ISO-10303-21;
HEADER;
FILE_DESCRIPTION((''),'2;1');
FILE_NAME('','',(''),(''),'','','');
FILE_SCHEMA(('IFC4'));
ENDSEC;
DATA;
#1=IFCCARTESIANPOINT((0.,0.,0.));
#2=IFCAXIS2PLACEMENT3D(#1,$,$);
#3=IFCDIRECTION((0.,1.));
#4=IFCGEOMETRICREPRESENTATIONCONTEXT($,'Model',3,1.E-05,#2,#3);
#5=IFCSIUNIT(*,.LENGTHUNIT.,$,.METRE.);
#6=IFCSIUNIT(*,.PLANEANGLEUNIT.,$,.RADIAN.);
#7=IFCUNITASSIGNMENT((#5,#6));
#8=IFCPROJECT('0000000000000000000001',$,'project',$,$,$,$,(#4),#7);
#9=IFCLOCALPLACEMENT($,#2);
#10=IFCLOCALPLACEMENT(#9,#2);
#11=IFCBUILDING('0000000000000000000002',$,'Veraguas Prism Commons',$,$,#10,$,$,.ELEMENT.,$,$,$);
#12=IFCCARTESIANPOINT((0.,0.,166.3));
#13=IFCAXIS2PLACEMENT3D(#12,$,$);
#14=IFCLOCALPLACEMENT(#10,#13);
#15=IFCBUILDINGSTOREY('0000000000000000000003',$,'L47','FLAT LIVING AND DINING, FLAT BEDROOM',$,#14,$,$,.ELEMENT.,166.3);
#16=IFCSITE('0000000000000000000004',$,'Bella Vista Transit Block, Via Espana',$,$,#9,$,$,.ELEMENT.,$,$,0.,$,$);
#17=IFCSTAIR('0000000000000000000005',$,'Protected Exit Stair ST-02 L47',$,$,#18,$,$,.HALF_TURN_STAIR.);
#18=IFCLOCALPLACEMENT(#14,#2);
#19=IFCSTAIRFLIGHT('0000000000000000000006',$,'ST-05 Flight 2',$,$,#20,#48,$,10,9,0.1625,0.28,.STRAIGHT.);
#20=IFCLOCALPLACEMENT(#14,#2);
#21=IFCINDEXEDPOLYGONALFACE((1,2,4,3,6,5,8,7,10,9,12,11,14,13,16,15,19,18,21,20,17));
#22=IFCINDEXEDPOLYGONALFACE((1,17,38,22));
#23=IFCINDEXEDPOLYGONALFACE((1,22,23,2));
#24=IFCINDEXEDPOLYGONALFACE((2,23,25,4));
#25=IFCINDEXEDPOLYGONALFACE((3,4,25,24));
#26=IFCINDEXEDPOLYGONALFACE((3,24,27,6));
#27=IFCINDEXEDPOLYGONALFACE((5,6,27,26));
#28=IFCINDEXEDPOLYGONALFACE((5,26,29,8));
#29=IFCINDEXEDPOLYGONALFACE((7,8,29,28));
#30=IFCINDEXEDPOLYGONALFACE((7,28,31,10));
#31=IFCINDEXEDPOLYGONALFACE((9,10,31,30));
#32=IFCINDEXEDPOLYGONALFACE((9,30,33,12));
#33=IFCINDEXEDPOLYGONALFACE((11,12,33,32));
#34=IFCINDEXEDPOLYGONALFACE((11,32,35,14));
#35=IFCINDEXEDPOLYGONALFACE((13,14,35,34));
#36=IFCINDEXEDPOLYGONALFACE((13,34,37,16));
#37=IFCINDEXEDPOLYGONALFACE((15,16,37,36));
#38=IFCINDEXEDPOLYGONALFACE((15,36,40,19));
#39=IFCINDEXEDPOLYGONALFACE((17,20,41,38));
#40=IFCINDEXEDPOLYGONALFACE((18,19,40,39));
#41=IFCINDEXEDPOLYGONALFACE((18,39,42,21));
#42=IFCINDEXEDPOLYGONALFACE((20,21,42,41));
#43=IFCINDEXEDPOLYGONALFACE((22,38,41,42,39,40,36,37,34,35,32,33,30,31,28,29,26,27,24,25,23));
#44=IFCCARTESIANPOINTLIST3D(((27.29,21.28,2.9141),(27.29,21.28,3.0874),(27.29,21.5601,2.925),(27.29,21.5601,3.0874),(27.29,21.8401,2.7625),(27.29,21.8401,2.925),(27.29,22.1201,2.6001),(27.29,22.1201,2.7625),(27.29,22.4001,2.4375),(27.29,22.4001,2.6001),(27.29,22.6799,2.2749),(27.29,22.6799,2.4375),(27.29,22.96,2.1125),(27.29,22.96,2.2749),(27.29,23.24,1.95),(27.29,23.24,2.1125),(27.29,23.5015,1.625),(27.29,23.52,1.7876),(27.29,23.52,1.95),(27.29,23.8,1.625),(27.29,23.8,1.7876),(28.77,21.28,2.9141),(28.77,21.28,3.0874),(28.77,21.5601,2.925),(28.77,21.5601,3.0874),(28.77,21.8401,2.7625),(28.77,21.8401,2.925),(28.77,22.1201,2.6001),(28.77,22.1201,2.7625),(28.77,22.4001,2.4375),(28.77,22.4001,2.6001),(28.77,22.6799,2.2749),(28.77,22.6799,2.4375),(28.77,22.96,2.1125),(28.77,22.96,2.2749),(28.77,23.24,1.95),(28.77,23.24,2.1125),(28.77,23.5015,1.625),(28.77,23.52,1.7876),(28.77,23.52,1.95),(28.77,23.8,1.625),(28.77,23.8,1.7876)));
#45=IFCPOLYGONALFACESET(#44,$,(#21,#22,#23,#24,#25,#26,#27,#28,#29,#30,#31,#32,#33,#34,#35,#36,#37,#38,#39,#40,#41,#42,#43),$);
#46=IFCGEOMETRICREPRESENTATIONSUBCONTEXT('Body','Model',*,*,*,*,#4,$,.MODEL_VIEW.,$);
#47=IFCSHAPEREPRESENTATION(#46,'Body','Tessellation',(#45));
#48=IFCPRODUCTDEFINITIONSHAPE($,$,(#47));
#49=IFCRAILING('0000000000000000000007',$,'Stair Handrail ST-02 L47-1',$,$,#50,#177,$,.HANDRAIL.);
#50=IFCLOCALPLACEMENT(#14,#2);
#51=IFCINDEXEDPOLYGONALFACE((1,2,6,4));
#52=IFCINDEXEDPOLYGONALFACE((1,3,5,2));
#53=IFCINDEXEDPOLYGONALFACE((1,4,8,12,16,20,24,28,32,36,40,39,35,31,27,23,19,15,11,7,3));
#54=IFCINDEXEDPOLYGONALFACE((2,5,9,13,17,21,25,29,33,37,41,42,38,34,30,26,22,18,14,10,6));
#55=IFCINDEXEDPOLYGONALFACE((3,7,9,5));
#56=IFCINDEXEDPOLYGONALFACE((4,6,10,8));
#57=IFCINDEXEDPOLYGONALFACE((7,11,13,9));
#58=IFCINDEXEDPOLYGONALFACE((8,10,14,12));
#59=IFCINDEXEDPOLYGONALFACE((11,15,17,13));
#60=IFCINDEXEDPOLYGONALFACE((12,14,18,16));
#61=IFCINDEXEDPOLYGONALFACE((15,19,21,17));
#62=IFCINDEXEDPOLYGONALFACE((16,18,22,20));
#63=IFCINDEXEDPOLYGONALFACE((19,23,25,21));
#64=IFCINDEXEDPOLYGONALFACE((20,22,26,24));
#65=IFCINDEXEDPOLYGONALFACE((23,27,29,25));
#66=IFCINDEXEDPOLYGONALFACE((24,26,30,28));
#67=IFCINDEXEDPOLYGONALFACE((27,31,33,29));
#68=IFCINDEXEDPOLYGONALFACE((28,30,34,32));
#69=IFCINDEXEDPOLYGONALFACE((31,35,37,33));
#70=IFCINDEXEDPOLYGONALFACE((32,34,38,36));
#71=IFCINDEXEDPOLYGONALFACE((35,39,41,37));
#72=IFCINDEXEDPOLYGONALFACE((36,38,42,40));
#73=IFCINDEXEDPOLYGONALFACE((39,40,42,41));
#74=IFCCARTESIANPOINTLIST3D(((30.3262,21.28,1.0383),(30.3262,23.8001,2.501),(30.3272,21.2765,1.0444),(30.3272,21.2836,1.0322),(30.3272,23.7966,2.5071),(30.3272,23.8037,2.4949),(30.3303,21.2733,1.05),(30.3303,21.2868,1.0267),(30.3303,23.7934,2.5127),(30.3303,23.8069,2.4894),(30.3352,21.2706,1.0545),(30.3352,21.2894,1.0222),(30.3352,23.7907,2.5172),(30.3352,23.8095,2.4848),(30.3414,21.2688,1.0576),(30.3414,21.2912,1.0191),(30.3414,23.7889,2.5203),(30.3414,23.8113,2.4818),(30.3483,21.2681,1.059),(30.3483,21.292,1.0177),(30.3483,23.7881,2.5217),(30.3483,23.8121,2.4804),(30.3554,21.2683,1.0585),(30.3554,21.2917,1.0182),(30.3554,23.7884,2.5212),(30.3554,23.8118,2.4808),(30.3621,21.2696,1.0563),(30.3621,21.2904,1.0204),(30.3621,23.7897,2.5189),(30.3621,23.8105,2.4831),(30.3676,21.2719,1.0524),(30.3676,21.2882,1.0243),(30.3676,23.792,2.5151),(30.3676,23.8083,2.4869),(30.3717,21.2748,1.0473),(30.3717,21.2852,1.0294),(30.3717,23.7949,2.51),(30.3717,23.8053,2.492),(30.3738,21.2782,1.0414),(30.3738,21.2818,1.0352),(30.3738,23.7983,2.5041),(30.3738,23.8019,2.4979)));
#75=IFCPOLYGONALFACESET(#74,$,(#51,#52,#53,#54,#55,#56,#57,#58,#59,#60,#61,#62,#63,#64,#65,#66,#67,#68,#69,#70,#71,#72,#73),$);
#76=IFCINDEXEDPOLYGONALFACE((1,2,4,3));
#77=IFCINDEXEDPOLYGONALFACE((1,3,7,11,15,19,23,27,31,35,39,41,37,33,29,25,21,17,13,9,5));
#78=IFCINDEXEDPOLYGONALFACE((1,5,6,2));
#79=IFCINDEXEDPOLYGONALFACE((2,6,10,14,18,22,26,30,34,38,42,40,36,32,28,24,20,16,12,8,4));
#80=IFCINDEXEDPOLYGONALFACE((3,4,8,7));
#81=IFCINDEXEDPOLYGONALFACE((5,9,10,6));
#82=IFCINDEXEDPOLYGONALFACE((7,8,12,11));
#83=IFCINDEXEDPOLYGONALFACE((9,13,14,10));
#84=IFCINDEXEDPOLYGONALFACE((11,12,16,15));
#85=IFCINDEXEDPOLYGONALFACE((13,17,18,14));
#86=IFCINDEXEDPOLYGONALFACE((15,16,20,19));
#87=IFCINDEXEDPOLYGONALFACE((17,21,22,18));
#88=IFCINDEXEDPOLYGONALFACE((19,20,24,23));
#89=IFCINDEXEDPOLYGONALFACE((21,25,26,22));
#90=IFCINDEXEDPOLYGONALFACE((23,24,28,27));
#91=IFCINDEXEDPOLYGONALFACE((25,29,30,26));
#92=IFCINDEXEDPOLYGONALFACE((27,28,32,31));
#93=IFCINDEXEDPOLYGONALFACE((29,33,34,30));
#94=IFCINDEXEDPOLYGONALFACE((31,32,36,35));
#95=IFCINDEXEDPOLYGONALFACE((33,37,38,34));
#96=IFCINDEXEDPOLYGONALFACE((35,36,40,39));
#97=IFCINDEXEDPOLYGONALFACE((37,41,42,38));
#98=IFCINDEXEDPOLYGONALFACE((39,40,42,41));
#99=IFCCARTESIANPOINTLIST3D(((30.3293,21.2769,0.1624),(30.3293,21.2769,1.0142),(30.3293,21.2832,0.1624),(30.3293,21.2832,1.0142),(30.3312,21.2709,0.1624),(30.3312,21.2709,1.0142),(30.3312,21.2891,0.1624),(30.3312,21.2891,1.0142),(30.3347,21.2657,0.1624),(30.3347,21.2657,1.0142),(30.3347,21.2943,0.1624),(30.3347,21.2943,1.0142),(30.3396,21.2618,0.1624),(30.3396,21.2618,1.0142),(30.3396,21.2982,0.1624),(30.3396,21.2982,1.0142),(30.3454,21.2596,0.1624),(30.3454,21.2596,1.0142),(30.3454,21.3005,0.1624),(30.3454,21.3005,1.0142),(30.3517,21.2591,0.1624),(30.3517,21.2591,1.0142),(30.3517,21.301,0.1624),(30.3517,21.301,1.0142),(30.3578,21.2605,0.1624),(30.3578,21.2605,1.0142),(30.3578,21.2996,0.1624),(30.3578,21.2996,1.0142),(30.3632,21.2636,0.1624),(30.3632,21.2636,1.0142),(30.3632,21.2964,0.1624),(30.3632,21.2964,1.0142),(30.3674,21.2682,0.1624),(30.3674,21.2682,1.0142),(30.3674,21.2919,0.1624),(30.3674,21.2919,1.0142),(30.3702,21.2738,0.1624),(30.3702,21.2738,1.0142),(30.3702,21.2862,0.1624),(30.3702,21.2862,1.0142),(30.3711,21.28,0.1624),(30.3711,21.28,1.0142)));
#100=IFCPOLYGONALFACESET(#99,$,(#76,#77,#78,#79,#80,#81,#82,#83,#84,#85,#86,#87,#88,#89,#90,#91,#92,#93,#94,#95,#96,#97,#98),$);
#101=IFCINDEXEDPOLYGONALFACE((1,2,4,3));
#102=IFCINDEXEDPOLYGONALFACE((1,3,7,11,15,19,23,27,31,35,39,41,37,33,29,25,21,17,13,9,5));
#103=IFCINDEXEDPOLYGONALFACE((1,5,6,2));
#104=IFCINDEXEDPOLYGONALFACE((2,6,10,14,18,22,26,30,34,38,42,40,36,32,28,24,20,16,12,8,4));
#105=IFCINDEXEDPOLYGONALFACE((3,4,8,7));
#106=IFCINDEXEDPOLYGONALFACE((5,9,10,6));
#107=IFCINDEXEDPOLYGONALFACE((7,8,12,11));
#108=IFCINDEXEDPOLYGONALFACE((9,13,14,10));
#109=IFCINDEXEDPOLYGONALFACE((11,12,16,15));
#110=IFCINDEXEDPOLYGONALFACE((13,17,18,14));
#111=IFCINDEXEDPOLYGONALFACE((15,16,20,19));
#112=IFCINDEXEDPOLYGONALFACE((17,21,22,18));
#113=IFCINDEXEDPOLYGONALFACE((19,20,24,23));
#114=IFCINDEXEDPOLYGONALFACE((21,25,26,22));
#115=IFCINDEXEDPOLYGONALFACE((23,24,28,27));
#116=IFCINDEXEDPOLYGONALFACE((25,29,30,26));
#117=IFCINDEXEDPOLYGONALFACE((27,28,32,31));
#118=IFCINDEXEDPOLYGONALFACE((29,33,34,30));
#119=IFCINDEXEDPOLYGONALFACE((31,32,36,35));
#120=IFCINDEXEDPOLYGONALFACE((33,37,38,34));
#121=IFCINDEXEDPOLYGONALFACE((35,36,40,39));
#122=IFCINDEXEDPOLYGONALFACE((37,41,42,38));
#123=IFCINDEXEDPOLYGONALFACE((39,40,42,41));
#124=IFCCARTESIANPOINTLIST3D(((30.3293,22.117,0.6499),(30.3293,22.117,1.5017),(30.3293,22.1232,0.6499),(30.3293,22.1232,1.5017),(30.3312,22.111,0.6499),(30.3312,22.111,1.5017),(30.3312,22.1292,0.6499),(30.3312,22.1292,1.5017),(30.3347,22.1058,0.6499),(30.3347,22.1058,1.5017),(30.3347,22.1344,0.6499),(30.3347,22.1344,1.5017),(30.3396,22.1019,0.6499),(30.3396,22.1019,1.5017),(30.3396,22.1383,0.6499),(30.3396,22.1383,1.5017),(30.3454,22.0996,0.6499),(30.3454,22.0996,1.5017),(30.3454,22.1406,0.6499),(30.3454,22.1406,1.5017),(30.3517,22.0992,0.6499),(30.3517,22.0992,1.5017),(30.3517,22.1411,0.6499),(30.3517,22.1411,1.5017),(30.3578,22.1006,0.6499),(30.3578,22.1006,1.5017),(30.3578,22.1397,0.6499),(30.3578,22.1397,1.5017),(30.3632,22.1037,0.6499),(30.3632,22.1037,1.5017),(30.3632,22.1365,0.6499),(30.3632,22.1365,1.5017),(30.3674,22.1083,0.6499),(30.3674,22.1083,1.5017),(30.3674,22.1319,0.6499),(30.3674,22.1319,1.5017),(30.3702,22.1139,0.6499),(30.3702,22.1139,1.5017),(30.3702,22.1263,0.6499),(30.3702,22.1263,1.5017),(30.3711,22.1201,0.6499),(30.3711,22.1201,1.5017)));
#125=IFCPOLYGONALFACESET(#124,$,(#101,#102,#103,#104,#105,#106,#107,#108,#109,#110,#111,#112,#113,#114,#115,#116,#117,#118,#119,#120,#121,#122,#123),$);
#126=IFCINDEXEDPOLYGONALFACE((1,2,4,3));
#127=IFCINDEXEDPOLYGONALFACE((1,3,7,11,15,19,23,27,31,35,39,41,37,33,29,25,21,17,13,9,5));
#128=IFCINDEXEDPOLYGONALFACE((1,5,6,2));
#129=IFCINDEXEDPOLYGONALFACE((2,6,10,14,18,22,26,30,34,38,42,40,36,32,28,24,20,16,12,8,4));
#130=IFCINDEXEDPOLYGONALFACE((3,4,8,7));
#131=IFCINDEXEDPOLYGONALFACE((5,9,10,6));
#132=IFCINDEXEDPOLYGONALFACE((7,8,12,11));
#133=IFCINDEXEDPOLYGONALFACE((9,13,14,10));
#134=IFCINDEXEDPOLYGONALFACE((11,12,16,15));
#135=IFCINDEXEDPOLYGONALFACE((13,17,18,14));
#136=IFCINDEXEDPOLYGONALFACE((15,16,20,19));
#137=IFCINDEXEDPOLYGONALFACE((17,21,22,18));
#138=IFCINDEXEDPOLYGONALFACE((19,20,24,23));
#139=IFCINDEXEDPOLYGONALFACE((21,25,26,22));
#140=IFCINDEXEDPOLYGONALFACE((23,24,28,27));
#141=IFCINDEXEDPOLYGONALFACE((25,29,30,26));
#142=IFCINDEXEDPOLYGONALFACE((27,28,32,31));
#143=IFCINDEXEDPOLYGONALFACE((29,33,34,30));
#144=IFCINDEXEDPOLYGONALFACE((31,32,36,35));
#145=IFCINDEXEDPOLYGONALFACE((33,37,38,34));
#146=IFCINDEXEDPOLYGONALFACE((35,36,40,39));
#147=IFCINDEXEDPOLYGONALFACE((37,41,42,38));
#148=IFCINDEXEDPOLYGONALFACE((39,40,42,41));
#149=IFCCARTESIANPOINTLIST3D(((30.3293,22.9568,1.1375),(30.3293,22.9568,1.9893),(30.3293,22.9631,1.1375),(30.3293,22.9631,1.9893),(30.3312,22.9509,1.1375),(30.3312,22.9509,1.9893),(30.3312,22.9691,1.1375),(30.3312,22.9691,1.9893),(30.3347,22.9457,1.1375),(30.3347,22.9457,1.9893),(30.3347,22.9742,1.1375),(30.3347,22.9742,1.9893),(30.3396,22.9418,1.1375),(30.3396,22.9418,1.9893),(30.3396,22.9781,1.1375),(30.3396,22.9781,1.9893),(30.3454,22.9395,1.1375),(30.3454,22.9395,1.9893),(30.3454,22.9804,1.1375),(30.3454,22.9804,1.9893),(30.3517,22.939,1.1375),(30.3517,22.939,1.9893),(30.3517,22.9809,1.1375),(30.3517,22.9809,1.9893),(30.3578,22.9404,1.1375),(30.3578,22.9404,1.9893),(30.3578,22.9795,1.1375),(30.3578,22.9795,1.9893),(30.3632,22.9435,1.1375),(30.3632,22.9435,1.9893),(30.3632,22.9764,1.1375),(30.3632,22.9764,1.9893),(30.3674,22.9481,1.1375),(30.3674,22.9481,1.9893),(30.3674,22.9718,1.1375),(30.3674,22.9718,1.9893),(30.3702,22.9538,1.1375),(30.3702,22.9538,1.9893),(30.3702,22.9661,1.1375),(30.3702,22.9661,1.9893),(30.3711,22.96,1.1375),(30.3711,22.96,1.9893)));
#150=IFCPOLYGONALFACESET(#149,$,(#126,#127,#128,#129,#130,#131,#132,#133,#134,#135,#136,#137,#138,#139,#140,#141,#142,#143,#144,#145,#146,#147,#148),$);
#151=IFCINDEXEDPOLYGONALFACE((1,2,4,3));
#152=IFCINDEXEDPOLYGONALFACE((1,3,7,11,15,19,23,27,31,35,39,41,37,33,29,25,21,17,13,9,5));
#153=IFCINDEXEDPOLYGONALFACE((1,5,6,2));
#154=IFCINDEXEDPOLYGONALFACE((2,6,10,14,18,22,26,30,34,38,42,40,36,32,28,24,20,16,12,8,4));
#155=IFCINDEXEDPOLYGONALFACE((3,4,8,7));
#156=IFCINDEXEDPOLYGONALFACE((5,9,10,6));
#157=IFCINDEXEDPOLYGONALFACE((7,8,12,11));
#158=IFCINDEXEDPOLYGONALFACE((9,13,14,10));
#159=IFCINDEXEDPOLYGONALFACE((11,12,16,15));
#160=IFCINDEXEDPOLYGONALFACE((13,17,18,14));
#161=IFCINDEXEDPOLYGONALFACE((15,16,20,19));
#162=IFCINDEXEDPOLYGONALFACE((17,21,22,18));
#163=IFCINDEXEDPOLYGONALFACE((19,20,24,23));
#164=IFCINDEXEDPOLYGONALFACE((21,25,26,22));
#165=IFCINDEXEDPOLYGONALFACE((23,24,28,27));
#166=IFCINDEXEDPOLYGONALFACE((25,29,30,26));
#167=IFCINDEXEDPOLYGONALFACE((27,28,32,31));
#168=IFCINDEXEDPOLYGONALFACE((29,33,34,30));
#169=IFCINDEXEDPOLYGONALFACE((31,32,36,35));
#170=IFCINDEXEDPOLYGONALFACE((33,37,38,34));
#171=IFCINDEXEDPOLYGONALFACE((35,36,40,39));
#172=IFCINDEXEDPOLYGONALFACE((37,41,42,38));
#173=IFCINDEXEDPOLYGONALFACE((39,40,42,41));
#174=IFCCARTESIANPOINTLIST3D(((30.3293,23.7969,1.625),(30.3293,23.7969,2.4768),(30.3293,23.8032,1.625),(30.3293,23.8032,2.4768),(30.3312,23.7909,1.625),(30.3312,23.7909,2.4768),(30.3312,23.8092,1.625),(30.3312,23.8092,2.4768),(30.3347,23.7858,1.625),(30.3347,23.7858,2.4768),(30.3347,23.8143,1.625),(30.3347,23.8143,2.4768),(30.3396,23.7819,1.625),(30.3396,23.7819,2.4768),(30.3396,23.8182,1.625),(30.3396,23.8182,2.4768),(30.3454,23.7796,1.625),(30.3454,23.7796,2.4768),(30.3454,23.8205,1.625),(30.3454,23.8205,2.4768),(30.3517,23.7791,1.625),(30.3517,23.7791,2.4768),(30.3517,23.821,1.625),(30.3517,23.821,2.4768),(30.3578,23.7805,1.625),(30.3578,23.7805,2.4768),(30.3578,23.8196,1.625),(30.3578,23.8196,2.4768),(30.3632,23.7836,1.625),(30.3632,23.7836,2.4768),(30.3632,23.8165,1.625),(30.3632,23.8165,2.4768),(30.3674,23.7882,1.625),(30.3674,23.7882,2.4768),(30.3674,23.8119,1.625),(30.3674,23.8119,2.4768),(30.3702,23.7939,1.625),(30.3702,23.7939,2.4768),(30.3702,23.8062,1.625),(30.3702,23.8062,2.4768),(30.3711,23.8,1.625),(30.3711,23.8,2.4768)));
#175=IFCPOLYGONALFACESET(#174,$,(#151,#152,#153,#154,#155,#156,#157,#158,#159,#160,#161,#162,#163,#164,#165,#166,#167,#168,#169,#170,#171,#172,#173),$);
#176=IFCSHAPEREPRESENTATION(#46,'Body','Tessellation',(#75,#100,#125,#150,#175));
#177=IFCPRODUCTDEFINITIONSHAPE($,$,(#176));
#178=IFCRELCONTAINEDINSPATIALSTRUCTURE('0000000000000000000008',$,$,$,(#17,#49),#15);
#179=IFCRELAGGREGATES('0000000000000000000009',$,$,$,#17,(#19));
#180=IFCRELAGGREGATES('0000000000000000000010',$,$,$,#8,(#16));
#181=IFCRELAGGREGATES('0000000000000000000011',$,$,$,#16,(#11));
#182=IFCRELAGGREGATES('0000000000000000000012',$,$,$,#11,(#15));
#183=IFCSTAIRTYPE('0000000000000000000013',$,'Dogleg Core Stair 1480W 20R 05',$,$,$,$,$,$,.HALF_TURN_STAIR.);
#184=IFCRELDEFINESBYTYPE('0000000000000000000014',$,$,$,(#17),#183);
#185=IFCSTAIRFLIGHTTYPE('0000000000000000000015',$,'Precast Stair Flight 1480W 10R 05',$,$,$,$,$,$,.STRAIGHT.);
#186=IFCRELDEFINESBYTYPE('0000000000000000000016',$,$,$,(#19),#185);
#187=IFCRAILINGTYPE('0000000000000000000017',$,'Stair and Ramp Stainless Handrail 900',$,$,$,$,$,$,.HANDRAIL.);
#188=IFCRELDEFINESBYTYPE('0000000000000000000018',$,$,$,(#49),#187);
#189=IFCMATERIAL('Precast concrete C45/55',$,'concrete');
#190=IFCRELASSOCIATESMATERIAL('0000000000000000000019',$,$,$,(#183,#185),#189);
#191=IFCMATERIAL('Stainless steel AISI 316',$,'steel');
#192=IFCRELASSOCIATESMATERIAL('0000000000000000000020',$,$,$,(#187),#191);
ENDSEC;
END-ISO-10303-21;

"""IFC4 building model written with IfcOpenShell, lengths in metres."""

from ifc_helpers import new_model, si_unit, direction, frame, origin, origin_2d, place, context, subcontext, project, spatial, polyline, circle, outline, extrude, material, type_object, element, aggregate, save


model = new_model("IFC4")

# Units and contexts
model_context = context("Model", 3, precision=1e-05, world=origin(), true_north=direction((0.0, 1.0)))
body_context = subcontext(model_context, "Body", "Model", "MODEL_VIEW")
ifc_project = project(units=[si_unit("LENGTHUNIT", "METRE"), si_unit("PLANEANGLEUNIT", "RADIAN")], contexts=[model_context])

# Site, building, storey
site_placement = place(None, origin())
site = spatial("IfcSite", under=ifc_project, at=site_placement, Name="Bella Vista Transit Block, Via Espana", CompositionType="ELEMENT", RefElevation=0.0)
building_placement = place(site_placement, origin())
building = spatial("IfcBuilding", under=site, at=building_placement, Name="Veraguas Prism Commons", CompositionType="ELEMENT")
storey_placement = place(building_placement, frame((0.0, 0.0, 166.3)))
storey = spatial("IfcBuildingStorey", under=building, at=storey_placement, Name="L47", Description="FLAT LIVING AND DINING, FLAT BEDROOM", CompositionType="ELEMENT", Elevation=166.3)

# Shared definitions
ifc_material_1 = material(Name="Stainless steel AISI 316", Category="steel")

# Stair, stair flight
ifc_material_2 = material(Name="Precast concrete C45/55", Category="concrete")
stair_type = type_object("IfcStairType", Name="Dogleg Core Stair 1480W 20R 05", PredefinedType="HALF_TURN_STAIR", material=ifc_material_2)
stair_placement = place(storey_placement, origin())
stair = element("IfcStair", 1, at=stair_placement, inside=storey, type_object=stair_type, Name="Protected Exit Stair ST-02 L47", PredefinedType="HALF_TURN_STAIR")
stair_flight_type = type_object("IfcStairFlightType", Name="Precast Stair Flight 1480W 10R 05", PredefinedType="STRAIGHT", material=ifc_material_2)
stair_flight_1_placement = place(storey_placement, frame((28.03, 23.8, 1.625), z_axis=(0.0, 0.0, 1.0), x_axis=(0.0, -1.0, 0.0)))
stair_flight_1 = element("IfcStairFlight", 2, at=stair_flight_1_placement, type_object=stair_flight_type, Name="ST-05 Flight 2", NumberOfRisers=10, NumberOfTreads=9, PredefinedType="STRAIGHT", RiserHeight=0.1625, TreadLength=0.28, context=body_context, shape_type="SweptSolid", body=[
    extrude(outline(polyline([(0.0, 0.0), (0.0, 0.1626), (0.28, 0.1626), (0.28, 0.325), (0.5601, 0.325), (0.5601, 0.4875), (0.8401, 0.4875), (0.8401, 0.6499), (1.1201, 0.6499), (1.1201, 0.8125), (1.3999, 0.8125), (1.3999, 0.9751), (1.6799, 0.9751), (1.6799, 1.1375), (1.96, 1.1375), (1.96, 1.3), (2.24, 1.3), (2.24, 1.4624), (2.52, 1.4624), (2.52, 1.625), (2.52, 1.2891), (0.2986, 0.0), (0.0, 0.0)])), frame((0.0, 0.74, 0.0), z_axis=(0.0, -1.0, 0.0), x_axis=(1.0, 0.0, 0.0)), (0.0, 0.0, 1.0), 1.48),
])
aggregate(stair, [stair_flight_1])

# Railing
railing_type_1 = type_object("IfcRailingType", Name="Stair and Ramp Stainless Handrail 900", PredefinedType="HANDRAIL", material=ifc_material_1)
railing_1_placement = place(storey_placement, frame((30.3501, 21.28, 0.1624)))
element("IfcRailing", 3, at=railing_1_placement, inside=storey, type_object=railing_type_1, Name="Stair Handrail ST-02 L47-1", PredefinedType="HANDRAIL", context=body_context, shape_type="SweptSolid", body=[
    extrude(circle(Radius=0.0239, at=origin_2d()), frame((0.0, 0.0, 0.876), z_axis=(0.0, 0.864877, 0.501984), x_axis=(-1.0, 0.0, 0.0)), (0.0, 0.0, 1.0), 2.9138),
    extrude(circle(Radius=0.021, at=origin_2d()), origin(), (0.0, 0.0, 1.0), 0.8518),
    extrude(circle(Radius=0.021, at=origin_2d()), frame((0.0, 0.8401, 0.4875)), (0.0, 0.0, 1.0), 0.8518),
    extrude(circle(Radius=0.021, at=origin_2d()), frame((0.0, 1.6799, 0.9751)), (0.0, 0.0, 1.0), 0.8518),
    extrude(circle(Radius=0.021, at=origin_2d()), frame((0.0, 2.52, 1.4626)), (0.0, 0.0, 1.0), 0.8518),
])

save(model, "model.ifc")
